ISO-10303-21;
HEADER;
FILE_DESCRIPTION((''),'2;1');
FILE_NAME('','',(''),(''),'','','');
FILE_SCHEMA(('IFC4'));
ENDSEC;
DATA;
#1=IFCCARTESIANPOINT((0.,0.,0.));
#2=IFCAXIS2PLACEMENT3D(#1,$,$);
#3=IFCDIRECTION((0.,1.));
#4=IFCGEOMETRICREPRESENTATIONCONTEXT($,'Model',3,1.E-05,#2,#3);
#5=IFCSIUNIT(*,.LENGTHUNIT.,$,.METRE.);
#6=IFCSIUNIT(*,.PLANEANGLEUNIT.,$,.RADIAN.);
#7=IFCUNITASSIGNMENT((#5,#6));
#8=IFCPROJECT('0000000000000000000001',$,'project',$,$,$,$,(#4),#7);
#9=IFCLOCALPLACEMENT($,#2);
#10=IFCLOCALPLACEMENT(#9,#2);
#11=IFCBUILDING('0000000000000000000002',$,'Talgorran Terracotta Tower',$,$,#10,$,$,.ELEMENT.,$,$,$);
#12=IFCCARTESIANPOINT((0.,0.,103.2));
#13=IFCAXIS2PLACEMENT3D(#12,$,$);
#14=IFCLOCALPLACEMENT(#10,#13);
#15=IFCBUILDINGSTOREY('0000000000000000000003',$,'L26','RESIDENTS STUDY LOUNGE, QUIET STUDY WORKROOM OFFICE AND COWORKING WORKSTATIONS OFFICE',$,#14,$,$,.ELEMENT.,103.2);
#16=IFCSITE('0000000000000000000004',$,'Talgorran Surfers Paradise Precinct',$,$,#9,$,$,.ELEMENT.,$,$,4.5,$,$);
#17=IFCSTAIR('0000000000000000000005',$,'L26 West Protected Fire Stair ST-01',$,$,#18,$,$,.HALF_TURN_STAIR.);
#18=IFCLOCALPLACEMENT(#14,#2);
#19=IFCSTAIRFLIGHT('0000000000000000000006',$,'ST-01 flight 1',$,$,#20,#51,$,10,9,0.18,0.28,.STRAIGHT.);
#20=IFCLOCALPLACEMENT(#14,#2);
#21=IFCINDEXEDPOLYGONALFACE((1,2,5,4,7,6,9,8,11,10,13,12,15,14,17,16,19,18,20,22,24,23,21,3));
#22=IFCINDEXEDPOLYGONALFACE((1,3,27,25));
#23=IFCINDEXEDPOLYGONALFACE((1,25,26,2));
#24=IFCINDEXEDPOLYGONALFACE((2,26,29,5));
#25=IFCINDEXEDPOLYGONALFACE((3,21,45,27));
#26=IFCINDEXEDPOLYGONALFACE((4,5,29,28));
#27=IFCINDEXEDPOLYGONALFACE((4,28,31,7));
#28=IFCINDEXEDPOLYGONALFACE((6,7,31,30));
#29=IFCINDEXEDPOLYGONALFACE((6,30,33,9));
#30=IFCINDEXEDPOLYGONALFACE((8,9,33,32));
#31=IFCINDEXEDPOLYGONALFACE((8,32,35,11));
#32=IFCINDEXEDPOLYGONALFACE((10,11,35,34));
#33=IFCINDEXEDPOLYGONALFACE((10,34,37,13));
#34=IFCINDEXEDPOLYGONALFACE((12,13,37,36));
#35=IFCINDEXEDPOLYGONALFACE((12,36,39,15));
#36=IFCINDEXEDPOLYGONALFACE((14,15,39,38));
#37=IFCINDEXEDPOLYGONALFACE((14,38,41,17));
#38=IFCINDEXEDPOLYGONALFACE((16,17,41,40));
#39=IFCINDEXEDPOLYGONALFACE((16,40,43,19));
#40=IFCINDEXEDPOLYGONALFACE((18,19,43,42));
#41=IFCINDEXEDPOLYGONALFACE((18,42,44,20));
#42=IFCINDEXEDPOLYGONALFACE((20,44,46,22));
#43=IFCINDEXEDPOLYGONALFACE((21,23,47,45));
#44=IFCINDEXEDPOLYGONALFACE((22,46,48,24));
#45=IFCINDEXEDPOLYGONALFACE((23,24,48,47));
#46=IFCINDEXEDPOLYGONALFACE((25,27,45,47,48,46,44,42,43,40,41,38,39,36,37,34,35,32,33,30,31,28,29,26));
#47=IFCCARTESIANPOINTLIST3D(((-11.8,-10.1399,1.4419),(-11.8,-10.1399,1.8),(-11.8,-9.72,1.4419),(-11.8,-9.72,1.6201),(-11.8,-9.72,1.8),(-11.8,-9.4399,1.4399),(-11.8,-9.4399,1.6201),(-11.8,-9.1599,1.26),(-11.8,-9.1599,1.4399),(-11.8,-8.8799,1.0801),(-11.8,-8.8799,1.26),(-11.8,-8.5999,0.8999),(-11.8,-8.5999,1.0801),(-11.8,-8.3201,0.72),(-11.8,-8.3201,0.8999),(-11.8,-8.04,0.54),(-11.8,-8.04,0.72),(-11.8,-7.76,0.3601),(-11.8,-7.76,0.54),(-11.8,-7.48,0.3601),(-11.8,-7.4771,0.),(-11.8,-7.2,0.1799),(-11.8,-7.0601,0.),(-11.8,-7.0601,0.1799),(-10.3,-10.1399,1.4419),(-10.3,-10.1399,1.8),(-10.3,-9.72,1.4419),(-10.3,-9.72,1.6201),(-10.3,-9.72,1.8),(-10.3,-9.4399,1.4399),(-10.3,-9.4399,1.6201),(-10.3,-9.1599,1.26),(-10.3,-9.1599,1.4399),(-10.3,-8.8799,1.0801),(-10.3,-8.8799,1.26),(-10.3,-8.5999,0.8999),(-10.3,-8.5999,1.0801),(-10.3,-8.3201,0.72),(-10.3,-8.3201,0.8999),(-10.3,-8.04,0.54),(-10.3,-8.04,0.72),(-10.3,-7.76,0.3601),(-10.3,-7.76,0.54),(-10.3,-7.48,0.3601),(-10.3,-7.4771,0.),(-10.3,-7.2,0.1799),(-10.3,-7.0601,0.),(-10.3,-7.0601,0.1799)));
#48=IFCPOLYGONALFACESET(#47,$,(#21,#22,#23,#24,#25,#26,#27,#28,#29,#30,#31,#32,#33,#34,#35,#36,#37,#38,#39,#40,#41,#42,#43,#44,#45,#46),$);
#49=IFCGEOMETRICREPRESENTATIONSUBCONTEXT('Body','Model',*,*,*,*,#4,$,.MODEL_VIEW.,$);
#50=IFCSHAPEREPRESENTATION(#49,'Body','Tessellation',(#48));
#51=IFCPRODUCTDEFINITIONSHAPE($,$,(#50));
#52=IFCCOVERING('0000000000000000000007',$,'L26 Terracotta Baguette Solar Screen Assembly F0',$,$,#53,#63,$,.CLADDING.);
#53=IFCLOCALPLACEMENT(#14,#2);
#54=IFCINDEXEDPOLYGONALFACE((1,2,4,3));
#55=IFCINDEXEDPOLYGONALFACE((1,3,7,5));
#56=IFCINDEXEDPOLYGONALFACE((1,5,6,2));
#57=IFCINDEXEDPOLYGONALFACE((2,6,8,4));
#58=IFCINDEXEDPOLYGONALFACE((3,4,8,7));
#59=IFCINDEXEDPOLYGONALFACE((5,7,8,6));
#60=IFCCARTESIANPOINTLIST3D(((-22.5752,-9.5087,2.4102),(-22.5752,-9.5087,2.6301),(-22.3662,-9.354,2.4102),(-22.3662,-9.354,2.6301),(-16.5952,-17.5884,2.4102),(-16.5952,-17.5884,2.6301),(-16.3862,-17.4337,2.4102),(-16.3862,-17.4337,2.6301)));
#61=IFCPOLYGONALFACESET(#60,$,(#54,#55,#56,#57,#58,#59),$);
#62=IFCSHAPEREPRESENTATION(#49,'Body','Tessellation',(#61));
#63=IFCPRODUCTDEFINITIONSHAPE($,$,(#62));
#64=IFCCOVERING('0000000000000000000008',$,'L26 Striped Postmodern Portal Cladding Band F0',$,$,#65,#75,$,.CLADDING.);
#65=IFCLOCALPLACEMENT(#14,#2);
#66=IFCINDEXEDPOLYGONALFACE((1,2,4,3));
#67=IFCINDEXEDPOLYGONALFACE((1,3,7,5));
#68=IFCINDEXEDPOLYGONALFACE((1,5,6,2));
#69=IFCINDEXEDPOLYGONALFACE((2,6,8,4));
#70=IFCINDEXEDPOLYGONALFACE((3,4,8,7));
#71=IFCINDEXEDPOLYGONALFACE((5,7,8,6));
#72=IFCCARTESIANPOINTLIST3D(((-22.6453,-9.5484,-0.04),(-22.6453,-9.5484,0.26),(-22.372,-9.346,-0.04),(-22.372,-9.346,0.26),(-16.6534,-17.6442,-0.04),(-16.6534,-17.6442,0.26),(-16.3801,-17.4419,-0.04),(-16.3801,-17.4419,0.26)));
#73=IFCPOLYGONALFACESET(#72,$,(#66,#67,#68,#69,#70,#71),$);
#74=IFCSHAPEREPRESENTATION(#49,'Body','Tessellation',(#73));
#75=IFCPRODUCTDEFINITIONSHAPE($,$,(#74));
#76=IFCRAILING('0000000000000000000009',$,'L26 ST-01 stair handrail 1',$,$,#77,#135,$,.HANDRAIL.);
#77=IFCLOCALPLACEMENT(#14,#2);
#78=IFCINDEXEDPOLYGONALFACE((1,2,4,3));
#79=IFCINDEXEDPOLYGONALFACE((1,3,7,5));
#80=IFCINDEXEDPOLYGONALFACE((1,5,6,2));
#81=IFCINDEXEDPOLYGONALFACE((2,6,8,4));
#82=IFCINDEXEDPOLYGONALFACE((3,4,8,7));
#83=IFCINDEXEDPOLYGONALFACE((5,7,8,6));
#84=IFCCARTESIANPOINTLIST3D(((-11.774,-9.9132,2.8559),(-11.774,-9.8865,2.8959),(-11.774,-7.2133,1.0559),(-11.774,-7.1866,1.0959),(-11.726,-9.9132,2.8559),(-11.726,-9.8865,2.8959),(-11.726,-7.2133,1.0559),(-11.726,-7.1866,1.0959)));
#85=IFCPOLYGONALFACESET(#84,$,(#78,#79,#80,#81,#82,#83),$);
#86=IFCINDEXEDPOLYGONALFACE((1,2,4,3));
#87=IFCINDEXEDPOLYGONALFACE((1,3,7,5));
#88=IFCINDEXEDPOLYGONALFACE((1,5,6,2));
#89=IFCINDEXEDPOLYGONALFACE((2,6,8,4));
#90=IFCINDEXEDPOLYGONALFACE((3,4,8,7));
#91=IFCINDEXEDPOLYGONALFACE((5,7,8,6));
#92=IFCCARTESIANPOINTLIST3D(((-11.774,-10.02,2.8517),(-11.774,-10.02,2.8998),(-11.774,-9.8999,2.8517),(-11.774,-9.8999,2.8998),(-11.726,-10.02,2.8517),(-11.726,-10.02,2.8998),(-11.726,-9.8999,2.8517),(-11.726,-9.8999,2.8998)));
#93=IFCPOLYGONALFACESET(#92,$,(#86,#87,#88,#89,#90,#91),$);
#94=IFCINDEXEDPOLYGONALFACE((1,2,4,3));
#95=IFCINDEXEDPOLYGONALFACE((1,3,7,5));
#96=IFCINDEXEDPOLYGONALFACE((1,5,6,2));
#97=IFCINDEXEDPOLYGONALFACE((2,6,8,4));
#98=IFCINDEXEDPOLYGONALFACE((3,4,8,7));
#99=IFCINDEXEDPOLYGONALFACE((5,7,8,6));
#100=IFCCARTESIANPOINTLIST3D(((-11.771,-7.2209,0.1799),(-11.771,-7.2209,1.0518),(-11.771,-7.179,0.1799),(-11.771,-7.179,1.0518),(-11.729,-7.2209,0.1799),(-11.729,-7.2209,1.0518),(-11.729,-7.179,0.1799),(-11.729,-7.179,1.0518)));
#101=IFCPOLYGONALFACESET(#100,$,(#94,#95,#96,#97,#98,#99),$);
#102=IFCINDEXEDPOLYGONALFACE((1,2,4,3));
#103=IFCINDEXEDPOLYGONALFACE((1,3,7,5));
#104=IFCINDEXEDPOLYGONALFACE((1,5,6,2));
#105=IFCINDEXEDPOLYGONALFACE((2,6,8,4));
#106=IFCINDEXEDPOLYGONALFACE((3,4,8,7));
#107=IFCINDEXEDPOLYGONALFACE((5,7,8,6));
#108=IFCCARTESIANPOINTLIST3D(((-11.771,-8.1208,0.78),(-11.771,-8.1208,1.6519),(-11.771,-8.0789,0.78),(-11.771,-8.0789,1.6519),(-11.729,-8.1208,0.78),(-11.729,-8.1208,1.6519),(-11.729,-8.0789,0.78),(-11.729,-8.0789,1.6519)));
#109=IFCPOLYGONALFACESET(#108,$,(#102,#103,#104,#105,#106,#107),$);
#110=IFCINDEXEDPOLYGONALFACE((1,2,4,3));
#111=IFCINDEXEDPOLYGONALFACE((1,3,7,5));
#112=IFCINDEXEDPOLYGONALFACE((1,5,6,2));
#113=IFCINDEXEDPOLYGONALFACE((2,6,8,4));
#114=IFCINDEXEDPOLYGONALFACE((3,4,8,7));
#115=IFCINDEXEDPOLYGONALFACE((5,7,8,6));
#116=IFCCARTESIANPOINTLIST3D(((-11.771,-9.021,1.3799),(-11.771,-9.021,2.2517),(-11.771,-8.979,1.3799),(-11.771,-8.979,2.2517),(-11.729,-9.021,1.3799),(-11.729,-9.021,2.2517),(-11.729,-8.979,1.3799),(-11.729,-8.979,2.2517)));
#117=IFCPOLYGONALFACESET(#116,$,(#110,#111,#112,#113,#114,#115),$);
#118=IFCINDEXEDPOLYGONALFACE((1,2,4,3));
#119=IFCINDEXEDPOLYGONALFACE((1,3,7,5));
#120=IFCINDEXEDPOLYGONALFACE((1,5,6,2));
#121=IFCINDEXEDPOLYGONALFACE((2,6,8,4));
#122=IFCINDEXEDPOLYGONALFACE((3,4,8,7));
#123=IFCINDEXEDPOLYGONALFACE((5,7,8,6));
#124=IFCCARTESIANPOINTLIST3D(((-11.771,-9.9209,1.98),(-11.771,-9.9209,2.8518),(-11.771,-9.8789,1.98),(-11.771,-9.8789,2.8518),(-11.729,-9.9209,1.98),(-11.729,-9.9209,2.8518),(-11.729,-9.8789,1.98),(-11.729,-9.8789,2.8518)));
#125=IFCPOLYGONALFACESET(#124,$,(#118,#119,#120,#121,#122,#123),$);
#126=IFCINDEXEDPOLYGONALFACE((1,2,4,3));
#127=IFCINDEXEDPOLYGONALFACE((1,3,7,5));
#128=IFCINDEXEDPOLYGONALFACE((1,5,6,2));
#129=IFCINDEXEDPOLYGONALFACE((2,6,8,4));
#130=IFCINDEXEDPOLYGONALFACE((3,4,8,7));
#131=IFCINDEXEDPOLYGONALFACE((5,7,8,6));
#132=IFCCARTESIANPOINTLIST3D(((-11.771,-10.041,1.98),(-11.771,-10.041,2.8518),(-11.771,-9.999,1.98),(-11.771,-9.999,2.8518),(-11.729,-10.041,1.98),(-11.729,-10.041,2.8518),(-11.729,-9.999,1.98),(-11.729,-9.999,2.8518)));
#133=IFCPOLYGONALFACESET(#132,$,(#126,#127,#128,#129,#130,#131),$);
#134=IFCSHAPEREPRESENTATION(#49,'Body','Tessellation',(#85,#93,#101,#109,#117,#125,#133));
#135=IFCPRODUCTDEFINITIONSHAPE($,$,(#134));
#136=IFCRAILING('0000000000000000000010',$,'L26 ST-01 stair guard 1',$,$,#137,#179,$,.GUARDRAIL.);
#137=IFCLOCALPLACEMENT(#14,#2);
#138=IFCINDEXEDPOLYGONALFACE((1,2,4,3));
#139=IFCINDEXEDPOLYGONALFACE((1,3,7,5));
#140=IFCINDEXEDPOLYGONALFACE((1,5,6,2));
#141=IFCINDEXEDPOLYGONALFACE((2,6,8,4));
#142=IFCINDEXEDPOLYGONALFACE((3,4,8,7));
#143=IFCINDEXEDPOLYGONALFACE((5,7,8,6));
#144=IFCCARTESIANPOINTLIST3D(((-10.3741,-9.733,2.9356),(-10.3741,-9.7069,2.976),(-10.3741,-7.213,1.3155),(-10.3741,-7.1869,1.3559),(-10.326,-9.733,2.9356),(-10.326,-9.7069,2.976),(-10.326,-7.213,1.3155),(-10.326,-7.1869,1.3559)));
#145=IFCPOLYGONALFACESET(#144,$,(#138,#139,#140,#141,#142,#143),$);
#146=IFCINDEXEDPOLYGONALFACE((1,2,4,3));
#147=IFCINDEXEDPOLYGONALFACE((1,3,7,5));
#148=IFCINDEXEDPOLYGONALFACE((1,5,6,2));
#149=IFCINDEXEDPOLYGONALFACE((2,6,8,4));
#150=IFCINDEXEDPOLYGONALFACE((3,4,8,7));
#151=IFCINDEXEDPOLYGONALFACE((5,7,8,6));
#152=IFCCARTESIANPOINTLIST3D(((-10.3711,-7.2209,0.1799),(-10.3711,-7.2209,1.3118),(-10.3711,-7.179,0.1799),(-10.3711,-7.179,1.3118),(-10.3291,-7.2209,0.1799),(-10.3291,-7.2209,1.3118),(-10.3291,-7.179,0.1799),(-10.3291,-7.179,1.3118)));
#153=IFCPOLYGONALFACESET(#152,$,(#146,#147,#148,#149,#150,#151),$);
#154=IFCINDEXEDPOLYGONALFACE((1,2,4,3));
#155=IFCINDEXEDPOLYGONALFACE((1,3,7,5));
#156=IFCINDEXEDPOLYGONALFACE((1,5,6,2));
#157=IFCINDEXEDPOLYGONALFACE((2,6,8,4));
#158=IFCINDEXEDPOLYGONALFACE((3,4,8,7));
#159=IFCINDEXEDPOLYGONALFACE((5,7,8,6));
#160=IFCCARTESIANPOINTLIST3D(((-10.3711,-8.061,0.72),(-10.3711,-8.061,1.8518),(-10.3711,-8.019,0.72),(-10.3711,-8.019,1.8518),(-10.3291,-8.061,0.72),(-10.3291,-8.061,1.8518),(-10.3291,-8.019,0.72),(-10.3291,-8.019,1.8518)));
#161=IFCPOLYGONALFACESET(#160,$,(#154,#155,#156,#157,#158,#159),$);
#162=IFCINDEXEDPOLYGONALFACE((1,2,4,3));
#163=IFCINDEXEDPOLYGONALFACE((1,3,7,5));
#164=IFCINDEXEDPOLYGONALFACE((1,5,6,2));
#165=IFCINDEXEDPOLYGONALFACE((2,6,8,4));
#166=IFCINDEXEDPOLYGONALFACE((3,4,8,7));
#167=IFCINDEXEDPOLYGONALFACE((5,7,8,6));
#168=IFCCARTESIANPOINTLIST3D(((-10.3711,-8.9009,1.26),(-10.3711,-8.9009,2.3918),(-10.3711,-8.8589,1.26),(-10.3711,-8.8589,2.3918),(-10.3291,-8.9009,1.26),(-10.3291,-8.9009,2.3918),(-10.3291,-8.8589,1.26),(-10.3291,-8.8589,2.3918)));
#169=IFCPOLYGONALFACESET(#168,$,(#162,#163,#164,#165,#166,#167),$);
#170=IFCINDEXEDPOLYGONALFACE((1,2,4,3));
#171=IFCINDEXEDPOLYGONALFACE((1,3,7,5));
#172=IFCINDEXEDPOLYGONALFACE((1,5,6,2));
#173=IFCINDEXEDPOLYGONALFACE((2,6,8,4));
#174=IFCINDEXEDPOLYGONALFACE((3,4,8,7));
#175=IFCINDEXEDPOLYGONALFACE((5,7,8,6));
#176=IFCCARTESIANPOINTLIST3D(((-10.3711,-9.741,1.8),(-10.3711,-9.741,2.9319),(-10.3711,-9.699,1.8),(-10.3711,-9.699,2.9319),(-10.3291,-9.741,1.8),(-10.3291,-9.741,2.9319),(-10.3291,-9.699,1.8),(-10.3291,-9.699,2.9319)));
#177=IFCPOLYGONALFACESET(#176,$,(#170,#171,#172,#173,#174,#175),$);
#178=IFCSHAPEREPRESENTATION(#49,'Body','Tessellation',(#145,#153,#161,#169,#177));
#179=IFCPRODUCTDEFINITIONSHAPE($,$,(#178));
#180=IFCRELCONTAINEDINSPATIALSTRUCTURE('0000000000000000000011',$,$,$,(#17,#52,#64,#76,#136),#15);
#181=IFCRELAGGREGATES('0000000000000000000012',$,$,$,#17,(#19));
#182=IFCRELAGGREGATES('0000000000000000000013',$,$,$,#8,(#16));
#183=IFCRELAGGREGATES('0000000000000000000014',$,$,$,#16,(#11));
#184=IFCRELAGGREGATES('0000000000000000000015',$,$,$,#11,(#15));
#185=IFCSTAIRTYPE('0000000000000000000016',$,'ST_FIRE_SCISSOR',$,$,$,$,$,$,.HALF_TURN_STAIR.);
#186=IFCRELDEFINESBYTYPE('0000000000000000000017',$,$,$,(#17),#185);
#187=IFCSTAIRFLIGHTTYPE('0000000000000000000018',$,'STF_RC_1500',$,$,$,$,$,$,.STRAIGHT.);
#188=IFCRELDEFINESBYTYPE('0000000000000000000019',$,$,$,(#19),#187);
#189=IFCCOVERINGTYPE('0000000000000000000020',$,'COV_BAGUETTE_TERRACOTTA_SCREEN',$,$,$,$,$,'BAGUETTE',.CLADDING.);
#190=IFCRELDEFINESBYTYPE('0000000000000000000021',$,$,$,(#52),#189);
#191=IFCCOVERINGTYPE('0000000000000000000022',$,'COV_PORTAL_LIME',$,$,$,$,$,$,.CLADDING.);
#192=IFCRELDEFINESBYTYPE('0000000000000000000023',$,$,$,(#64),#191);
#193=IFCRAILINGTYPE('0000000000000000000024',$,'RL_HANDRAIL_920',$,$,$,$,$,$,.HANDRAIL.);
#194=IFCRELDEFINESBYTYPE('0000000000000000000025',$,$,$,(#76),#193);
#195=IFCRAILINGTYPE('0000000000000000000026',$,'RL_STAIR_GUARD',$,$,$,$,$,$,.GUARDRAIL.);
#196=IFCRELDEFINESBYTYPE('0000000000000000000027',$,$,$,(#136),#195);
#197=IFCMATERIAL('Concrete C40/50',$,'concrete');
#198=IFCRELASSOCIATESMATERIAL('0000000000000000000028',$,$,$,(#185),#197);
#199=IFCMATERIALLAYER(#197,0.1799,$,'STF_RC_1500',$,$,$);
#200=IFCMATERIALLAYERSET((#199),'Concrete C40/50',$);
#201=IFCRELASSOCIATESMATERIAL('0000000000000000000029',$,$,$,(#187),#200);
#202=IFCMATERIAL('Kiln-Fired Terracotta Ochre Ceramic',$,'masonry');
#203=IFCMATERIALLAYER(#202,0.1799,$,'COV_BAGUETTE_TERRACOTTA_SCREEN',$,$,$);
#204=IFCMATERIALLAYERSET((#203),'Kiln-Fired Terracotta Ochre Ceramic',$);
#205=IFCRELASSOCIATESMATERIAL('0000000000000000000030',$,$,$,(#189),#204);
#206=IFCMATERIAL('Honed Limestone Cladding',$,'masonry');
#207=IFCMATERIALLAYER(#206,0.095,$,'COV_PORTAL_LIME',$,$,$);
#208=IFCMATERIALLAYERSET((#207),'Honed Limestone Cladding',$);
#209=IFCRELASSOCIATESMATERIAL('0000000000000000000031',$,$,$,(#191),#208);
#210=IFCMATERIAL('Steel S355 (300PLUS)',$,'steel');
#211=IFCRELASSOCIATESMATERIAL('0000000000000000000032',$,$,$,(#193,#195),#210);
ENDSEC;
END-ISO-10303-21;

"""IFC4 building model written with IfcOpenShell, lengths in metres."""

from ifc_helpers import new_model, si_unit, direction, frame, origin, origin_2d, place, context, subcontext, project, spatial, polyline, rectangle, outline, extrude, material, layer, layer_set, type_object, element, aggregate, save


model = new_model("IFC4")

# Units and contexts
model_context = context("Model", 3, precision=1e-05, world=origin(), true_north=direction((0.0, 1.0)))
body_context = subcontext(model_context, "Body", "Model", "MODEL_VIEW")
ifc_project = project(units=[si_unit("LENGTHUNIT", "METRE"), si_unit("PLANEANGLEUNIT", "RADIAN")], contexts=[model_context])

# Site, building, storey
site_placement = place(None, origin())
site = spatial("IfcSite", under=ifc_project, at=site_placement, Name="Talgorran Surfers Paradise Precinct", CompositionType="ELEMENT", RefElevation=4.5)
building_placement = place(site_placement, origin())
building = spatial("IfcBuilding", under=site, at=building_placement, Name="Talgorran Terracotta Tower", CompositionType="ELEMENT")
storey_placement = place(building_placement, frame((0.0, 0.0, 103.2)))
storey = spatial("IfcBuildingStorey", under=building, at=storey_placement, Name="L26", Description="RESIDENTS STUDY LOUNGE, QUIET STUDY WORKROOM OFFICE AND COWORKING WORKSTATIONS OFFICE", CompositionType="ELEMENT", Elevation=103.2)

# Shared definitions
ifc_material_1 = material(Name="Steel S355 (300PLUS)", Category="steel")

# Stair, stair flight
ifc_material_2 = material(Name="Concrete C40/50", Category="concrete")
stair_type = type_object("IfcStairType", Name="ST_FIRE_SCISSOR", PredefinedType="HALF_TURN_STAIR", material=ifc_material_2)
stair_placement = place(storey_placement, origin())
stair = element("IfcStair", 1, at=stair_placement, inside=storey, type_object=stair_type, Name="L26 West Protected Fire Stair ST-01", PredefinedType="HALF_TURN_STAIR")
ifc_layer_1 = layer(ifc_material_2, 0.1799, Name="STF_RC_1500")
ifc_layer_set_1 = layer_set([ifc_layer_1], Name="Concrete C40/50")
stair_flight_type = type_object("IfcStairFlightType", Name="STF_RC_1500", PredefinedType="STRAIGHT", material=ifc_layer_set_1)
stair_flight_placement = place(storey_placement, frame((-11.05, -7.2, 0.0), z_axis=(0.0, 0.0, 1.0), x_axis=(0.0, -1.0, 0.0)))
stair_flight = element("IfcStairFlight", 2, at=stair_flight_placement, type_object=stair_flight_type, Name="ST-01 flight 1", NumberOfRisers=10, NumberOfTreads=9, PredefinedType="STRAIGHT", RiserHeight=0.18, TreadLength=0.28, context=body_context, shape_type="SweptSolid", body=[
    extrude(outline(polyline([(-0.1399, 0.0), (-0.1399, 0.1799), (0.0, 0.1799), (0.28, 0.3601), (0.5601, 0.3601), (0.5601, 0.54), (0.8401, 0.54), (0.8401, 0.72), (1.1201, 0.72), (1.1201, 0.8999), (1.3999, 0.8999), (1.3999, 1.0801), (1.6799, 1.0801), (1.6799, 1.26), (1.96, 1.26), (1.96, 1.4399), (2.24, 1.4399), (2.24, 1.6201), (2.52, 1.6201), (2.52, 1.8), (2.9399, 1.8), (2.9399, 1.4419), (2.52, 1.4419), (0.2771, 0.0), (-0.1399, 0.0)])), frame((0.0, 0.75, 0.0), z_axis=(0.0, -1.0, 0.0), x_axis=(1.0, 0.0, 0.0)), (0.0, 0.0, 1.0), 1.5),
])
aggregate(stair, [stair_flight])

# Coverings
ifc_material_3 = material(Name="Kiln-Fired Terracotta Ochre Ceramic", Category="masonry")
ifc_layer_2 = layer(ifc_material_3, 0.1799, Name="COV_BAGUETTE_TERRACOTTA_SCREEN")
ifc_layer_set_2 = layer_set([ifc_layer_2], Name="Kiln-Fired Terracotta Ochre Ceramic")
covering_type_1 = type_object("IfcCoveringType", Name="COV_BAGUETTE_TERRACOTTA_SCREEN", ElementType="BAGUETTE", PredefinedType="CLADDING", material=ifc_layer_set_2)
covering_1_placement = place(storey_placement, frame((-19.4807, -13.4712, 2.4102), z_axis=(0.0, 0.0, 1.0), x_axis=(0.594907, -0.803795, 0.0)))
element("IfcCovering", 3, at=covering_1_placement, inside=storey, type_object=covering_type_1, Name="L26 Terracotta Baguette Solar Screen Assembly F0", PredefinedType="CLADDING", context=body_context, shape_type="SweptSolid", body=[
    extrude(rectangle(XDim=10.052, YDim=0.26, at=origin_2d()), origin(), (0.0, 0.0, 1.0), 0.22),
])
ifc_material_4 = material(Name="Honed Limestone Cladding", Category="masonry")
ifc_layer_3 = layer(ifc_material_4, 0.095, Name="COV_PORTAL_LIME")
ifc_layer_set_3 = layer_set([ifc_layer_3], Name="Honed Limestone Cladding")
covering_type_2 = type_object("IfcCoveringType", Name="COV_PORTAL_LIME", PredefinedType="CLADDING", material=ifc_layer_set_3)
covering_2_placement = place(storey_placement, frame((-19.5127, -13.4951, -0.04), z_axis=(0.0, 0.0, 1.0), x_axis=(0.594907, -0.803795, 0.0)))
element("IfcCovering", 4, at=covering_2_placement, inside=storey, type_object=covering_type_2, Name="L26 Striped Postmodern Portal Cladding Band F0", PredefinedType="CLADDING", context=body_context, shape_type="SweptSolid", body=[
    extrude(rectangle(XDim=10.072, YDim=0.3401, at=origin_2d()), origin(), (0.0, 0.0, 1.0), 0.3),
])

# Railings
railing_type_1 = type_object("IfcRailingType", Name="RL_HANDRAIL_920", PredefinedType="HANDRAIL", material=ifc_material_1)
railing_1_placement = place(storey_placement, frame((-11.75, -7.2, 0.1799)))
element("IfcRailing", 5, at=railing_1_placement, inside=storey, type_object=railing_type_1, Name="L26 ST-01 stair handrail 1", PredefinedType="HANDRAIL", context=body_context, shape_type="SweptSolid", body=[
    extrude(rectangle(XDim=0.0481, YDim=0.0481, at=origin_2d()), frame((0.0, 0.0, 0.896), z_axis=(0.0, -0.832039, 0.554718), x_axis=(1.0, 0.0, 0.0)), (0.0, 0.0, 1.0), 3.2449),
    extrude(rectangle(XDim=0.0481, YDim=0.0481, at=origin_2d()), frame((0.0, -2.7, 2.6958), z_axis=(0.0, -1.0, 0.0), x_axis=(1.0, 0.0, 0.0)), (0.0, 0.0, 1.0), 0.1201),
    extrude(rectangle(XDim=0.042, YDim=0.042, at=origin_2d()), origin(), (0.0, 0.0, 1.0), 0.8718),
    extrude(rectangle(XDim=0.042, YDim=0.042, at=origin_2d()), frame((0.0, -0.8999, 0.6001)), (0.0, 0.0, 1.0), 0.8718),
    extrude(rectangle(XDim=0.042, YDim=0.042, at=origin_2d()), frame((0.0, -1.8, 1.2)), (0.0, 0.0, 1.0), 0.8718),
    extrude(rectangle(XDim=0.042, YDim=0.042, at=origin_2d()), frame((0.0, -2.7, 1.8)), (0.0, 0.0, 1.0), 0.8718),
    extrude(rectangle(XDim=0.042, YDim=0.042, at=origin_2d()), frame((0.0, -2.8201, 1.8)), (0.0, 0.0, 1.0), 0.8718),
])
railing_type_2 = type_object("IfcRailingType", Name="RL_STAIR_GUARD", PredefinedType="GUARDRAIL", material=ifc_material_1)
railing_2_placement = place(storey_placement, frame((-10.3501, -7.2, 0.1799)))
element("IfcRailing", 6, at=railing_2_placement, inside=storey, type_object=railing_type_2, Name="L26 ST-01 stair guard 1", PredefinedType="GUARDRAIL", context=body_context, shape_type="SweptSolid", body=[
    extrude(rectangle(XDim=0.0481, YDim=0.0481, at=origin_2d()), frame((0.0, 0.0, 1.1558), z_axis=(0.0, -0.841163, 0.540782), x_axis=(1.0, 0.0, 0.0)), (0.0, 0.0, 1.0), 2.9958),
    extrude(rectangle(XDim=0.042, YDim=0.042, at=origin_2d()), origin(), (0.0, 0.0, 1.0), 1.1318),
    extrude(rectangle(XDim=0.042, YDim=0.042, at=origin_2d()), frame((0.0, -0.8401, 0.54)), (0.0, 0.0, 1.0), 1.1318),
    extrude(rectangle(XDim=0.042, YDim=0.042, at=origin_2d()), frame((0.0, -1.6799, 1.0801)), (0.0, 0.0, 1.0), 1.1318),
    extrude(rectangle(XDim=0.042, YDim=0.042, at=origin_2d()), frame((0.0, -2.52, 1.6201)), (0.0, 0.0, 1.0), 1.1318),
])

save(model, "model.ifc")
